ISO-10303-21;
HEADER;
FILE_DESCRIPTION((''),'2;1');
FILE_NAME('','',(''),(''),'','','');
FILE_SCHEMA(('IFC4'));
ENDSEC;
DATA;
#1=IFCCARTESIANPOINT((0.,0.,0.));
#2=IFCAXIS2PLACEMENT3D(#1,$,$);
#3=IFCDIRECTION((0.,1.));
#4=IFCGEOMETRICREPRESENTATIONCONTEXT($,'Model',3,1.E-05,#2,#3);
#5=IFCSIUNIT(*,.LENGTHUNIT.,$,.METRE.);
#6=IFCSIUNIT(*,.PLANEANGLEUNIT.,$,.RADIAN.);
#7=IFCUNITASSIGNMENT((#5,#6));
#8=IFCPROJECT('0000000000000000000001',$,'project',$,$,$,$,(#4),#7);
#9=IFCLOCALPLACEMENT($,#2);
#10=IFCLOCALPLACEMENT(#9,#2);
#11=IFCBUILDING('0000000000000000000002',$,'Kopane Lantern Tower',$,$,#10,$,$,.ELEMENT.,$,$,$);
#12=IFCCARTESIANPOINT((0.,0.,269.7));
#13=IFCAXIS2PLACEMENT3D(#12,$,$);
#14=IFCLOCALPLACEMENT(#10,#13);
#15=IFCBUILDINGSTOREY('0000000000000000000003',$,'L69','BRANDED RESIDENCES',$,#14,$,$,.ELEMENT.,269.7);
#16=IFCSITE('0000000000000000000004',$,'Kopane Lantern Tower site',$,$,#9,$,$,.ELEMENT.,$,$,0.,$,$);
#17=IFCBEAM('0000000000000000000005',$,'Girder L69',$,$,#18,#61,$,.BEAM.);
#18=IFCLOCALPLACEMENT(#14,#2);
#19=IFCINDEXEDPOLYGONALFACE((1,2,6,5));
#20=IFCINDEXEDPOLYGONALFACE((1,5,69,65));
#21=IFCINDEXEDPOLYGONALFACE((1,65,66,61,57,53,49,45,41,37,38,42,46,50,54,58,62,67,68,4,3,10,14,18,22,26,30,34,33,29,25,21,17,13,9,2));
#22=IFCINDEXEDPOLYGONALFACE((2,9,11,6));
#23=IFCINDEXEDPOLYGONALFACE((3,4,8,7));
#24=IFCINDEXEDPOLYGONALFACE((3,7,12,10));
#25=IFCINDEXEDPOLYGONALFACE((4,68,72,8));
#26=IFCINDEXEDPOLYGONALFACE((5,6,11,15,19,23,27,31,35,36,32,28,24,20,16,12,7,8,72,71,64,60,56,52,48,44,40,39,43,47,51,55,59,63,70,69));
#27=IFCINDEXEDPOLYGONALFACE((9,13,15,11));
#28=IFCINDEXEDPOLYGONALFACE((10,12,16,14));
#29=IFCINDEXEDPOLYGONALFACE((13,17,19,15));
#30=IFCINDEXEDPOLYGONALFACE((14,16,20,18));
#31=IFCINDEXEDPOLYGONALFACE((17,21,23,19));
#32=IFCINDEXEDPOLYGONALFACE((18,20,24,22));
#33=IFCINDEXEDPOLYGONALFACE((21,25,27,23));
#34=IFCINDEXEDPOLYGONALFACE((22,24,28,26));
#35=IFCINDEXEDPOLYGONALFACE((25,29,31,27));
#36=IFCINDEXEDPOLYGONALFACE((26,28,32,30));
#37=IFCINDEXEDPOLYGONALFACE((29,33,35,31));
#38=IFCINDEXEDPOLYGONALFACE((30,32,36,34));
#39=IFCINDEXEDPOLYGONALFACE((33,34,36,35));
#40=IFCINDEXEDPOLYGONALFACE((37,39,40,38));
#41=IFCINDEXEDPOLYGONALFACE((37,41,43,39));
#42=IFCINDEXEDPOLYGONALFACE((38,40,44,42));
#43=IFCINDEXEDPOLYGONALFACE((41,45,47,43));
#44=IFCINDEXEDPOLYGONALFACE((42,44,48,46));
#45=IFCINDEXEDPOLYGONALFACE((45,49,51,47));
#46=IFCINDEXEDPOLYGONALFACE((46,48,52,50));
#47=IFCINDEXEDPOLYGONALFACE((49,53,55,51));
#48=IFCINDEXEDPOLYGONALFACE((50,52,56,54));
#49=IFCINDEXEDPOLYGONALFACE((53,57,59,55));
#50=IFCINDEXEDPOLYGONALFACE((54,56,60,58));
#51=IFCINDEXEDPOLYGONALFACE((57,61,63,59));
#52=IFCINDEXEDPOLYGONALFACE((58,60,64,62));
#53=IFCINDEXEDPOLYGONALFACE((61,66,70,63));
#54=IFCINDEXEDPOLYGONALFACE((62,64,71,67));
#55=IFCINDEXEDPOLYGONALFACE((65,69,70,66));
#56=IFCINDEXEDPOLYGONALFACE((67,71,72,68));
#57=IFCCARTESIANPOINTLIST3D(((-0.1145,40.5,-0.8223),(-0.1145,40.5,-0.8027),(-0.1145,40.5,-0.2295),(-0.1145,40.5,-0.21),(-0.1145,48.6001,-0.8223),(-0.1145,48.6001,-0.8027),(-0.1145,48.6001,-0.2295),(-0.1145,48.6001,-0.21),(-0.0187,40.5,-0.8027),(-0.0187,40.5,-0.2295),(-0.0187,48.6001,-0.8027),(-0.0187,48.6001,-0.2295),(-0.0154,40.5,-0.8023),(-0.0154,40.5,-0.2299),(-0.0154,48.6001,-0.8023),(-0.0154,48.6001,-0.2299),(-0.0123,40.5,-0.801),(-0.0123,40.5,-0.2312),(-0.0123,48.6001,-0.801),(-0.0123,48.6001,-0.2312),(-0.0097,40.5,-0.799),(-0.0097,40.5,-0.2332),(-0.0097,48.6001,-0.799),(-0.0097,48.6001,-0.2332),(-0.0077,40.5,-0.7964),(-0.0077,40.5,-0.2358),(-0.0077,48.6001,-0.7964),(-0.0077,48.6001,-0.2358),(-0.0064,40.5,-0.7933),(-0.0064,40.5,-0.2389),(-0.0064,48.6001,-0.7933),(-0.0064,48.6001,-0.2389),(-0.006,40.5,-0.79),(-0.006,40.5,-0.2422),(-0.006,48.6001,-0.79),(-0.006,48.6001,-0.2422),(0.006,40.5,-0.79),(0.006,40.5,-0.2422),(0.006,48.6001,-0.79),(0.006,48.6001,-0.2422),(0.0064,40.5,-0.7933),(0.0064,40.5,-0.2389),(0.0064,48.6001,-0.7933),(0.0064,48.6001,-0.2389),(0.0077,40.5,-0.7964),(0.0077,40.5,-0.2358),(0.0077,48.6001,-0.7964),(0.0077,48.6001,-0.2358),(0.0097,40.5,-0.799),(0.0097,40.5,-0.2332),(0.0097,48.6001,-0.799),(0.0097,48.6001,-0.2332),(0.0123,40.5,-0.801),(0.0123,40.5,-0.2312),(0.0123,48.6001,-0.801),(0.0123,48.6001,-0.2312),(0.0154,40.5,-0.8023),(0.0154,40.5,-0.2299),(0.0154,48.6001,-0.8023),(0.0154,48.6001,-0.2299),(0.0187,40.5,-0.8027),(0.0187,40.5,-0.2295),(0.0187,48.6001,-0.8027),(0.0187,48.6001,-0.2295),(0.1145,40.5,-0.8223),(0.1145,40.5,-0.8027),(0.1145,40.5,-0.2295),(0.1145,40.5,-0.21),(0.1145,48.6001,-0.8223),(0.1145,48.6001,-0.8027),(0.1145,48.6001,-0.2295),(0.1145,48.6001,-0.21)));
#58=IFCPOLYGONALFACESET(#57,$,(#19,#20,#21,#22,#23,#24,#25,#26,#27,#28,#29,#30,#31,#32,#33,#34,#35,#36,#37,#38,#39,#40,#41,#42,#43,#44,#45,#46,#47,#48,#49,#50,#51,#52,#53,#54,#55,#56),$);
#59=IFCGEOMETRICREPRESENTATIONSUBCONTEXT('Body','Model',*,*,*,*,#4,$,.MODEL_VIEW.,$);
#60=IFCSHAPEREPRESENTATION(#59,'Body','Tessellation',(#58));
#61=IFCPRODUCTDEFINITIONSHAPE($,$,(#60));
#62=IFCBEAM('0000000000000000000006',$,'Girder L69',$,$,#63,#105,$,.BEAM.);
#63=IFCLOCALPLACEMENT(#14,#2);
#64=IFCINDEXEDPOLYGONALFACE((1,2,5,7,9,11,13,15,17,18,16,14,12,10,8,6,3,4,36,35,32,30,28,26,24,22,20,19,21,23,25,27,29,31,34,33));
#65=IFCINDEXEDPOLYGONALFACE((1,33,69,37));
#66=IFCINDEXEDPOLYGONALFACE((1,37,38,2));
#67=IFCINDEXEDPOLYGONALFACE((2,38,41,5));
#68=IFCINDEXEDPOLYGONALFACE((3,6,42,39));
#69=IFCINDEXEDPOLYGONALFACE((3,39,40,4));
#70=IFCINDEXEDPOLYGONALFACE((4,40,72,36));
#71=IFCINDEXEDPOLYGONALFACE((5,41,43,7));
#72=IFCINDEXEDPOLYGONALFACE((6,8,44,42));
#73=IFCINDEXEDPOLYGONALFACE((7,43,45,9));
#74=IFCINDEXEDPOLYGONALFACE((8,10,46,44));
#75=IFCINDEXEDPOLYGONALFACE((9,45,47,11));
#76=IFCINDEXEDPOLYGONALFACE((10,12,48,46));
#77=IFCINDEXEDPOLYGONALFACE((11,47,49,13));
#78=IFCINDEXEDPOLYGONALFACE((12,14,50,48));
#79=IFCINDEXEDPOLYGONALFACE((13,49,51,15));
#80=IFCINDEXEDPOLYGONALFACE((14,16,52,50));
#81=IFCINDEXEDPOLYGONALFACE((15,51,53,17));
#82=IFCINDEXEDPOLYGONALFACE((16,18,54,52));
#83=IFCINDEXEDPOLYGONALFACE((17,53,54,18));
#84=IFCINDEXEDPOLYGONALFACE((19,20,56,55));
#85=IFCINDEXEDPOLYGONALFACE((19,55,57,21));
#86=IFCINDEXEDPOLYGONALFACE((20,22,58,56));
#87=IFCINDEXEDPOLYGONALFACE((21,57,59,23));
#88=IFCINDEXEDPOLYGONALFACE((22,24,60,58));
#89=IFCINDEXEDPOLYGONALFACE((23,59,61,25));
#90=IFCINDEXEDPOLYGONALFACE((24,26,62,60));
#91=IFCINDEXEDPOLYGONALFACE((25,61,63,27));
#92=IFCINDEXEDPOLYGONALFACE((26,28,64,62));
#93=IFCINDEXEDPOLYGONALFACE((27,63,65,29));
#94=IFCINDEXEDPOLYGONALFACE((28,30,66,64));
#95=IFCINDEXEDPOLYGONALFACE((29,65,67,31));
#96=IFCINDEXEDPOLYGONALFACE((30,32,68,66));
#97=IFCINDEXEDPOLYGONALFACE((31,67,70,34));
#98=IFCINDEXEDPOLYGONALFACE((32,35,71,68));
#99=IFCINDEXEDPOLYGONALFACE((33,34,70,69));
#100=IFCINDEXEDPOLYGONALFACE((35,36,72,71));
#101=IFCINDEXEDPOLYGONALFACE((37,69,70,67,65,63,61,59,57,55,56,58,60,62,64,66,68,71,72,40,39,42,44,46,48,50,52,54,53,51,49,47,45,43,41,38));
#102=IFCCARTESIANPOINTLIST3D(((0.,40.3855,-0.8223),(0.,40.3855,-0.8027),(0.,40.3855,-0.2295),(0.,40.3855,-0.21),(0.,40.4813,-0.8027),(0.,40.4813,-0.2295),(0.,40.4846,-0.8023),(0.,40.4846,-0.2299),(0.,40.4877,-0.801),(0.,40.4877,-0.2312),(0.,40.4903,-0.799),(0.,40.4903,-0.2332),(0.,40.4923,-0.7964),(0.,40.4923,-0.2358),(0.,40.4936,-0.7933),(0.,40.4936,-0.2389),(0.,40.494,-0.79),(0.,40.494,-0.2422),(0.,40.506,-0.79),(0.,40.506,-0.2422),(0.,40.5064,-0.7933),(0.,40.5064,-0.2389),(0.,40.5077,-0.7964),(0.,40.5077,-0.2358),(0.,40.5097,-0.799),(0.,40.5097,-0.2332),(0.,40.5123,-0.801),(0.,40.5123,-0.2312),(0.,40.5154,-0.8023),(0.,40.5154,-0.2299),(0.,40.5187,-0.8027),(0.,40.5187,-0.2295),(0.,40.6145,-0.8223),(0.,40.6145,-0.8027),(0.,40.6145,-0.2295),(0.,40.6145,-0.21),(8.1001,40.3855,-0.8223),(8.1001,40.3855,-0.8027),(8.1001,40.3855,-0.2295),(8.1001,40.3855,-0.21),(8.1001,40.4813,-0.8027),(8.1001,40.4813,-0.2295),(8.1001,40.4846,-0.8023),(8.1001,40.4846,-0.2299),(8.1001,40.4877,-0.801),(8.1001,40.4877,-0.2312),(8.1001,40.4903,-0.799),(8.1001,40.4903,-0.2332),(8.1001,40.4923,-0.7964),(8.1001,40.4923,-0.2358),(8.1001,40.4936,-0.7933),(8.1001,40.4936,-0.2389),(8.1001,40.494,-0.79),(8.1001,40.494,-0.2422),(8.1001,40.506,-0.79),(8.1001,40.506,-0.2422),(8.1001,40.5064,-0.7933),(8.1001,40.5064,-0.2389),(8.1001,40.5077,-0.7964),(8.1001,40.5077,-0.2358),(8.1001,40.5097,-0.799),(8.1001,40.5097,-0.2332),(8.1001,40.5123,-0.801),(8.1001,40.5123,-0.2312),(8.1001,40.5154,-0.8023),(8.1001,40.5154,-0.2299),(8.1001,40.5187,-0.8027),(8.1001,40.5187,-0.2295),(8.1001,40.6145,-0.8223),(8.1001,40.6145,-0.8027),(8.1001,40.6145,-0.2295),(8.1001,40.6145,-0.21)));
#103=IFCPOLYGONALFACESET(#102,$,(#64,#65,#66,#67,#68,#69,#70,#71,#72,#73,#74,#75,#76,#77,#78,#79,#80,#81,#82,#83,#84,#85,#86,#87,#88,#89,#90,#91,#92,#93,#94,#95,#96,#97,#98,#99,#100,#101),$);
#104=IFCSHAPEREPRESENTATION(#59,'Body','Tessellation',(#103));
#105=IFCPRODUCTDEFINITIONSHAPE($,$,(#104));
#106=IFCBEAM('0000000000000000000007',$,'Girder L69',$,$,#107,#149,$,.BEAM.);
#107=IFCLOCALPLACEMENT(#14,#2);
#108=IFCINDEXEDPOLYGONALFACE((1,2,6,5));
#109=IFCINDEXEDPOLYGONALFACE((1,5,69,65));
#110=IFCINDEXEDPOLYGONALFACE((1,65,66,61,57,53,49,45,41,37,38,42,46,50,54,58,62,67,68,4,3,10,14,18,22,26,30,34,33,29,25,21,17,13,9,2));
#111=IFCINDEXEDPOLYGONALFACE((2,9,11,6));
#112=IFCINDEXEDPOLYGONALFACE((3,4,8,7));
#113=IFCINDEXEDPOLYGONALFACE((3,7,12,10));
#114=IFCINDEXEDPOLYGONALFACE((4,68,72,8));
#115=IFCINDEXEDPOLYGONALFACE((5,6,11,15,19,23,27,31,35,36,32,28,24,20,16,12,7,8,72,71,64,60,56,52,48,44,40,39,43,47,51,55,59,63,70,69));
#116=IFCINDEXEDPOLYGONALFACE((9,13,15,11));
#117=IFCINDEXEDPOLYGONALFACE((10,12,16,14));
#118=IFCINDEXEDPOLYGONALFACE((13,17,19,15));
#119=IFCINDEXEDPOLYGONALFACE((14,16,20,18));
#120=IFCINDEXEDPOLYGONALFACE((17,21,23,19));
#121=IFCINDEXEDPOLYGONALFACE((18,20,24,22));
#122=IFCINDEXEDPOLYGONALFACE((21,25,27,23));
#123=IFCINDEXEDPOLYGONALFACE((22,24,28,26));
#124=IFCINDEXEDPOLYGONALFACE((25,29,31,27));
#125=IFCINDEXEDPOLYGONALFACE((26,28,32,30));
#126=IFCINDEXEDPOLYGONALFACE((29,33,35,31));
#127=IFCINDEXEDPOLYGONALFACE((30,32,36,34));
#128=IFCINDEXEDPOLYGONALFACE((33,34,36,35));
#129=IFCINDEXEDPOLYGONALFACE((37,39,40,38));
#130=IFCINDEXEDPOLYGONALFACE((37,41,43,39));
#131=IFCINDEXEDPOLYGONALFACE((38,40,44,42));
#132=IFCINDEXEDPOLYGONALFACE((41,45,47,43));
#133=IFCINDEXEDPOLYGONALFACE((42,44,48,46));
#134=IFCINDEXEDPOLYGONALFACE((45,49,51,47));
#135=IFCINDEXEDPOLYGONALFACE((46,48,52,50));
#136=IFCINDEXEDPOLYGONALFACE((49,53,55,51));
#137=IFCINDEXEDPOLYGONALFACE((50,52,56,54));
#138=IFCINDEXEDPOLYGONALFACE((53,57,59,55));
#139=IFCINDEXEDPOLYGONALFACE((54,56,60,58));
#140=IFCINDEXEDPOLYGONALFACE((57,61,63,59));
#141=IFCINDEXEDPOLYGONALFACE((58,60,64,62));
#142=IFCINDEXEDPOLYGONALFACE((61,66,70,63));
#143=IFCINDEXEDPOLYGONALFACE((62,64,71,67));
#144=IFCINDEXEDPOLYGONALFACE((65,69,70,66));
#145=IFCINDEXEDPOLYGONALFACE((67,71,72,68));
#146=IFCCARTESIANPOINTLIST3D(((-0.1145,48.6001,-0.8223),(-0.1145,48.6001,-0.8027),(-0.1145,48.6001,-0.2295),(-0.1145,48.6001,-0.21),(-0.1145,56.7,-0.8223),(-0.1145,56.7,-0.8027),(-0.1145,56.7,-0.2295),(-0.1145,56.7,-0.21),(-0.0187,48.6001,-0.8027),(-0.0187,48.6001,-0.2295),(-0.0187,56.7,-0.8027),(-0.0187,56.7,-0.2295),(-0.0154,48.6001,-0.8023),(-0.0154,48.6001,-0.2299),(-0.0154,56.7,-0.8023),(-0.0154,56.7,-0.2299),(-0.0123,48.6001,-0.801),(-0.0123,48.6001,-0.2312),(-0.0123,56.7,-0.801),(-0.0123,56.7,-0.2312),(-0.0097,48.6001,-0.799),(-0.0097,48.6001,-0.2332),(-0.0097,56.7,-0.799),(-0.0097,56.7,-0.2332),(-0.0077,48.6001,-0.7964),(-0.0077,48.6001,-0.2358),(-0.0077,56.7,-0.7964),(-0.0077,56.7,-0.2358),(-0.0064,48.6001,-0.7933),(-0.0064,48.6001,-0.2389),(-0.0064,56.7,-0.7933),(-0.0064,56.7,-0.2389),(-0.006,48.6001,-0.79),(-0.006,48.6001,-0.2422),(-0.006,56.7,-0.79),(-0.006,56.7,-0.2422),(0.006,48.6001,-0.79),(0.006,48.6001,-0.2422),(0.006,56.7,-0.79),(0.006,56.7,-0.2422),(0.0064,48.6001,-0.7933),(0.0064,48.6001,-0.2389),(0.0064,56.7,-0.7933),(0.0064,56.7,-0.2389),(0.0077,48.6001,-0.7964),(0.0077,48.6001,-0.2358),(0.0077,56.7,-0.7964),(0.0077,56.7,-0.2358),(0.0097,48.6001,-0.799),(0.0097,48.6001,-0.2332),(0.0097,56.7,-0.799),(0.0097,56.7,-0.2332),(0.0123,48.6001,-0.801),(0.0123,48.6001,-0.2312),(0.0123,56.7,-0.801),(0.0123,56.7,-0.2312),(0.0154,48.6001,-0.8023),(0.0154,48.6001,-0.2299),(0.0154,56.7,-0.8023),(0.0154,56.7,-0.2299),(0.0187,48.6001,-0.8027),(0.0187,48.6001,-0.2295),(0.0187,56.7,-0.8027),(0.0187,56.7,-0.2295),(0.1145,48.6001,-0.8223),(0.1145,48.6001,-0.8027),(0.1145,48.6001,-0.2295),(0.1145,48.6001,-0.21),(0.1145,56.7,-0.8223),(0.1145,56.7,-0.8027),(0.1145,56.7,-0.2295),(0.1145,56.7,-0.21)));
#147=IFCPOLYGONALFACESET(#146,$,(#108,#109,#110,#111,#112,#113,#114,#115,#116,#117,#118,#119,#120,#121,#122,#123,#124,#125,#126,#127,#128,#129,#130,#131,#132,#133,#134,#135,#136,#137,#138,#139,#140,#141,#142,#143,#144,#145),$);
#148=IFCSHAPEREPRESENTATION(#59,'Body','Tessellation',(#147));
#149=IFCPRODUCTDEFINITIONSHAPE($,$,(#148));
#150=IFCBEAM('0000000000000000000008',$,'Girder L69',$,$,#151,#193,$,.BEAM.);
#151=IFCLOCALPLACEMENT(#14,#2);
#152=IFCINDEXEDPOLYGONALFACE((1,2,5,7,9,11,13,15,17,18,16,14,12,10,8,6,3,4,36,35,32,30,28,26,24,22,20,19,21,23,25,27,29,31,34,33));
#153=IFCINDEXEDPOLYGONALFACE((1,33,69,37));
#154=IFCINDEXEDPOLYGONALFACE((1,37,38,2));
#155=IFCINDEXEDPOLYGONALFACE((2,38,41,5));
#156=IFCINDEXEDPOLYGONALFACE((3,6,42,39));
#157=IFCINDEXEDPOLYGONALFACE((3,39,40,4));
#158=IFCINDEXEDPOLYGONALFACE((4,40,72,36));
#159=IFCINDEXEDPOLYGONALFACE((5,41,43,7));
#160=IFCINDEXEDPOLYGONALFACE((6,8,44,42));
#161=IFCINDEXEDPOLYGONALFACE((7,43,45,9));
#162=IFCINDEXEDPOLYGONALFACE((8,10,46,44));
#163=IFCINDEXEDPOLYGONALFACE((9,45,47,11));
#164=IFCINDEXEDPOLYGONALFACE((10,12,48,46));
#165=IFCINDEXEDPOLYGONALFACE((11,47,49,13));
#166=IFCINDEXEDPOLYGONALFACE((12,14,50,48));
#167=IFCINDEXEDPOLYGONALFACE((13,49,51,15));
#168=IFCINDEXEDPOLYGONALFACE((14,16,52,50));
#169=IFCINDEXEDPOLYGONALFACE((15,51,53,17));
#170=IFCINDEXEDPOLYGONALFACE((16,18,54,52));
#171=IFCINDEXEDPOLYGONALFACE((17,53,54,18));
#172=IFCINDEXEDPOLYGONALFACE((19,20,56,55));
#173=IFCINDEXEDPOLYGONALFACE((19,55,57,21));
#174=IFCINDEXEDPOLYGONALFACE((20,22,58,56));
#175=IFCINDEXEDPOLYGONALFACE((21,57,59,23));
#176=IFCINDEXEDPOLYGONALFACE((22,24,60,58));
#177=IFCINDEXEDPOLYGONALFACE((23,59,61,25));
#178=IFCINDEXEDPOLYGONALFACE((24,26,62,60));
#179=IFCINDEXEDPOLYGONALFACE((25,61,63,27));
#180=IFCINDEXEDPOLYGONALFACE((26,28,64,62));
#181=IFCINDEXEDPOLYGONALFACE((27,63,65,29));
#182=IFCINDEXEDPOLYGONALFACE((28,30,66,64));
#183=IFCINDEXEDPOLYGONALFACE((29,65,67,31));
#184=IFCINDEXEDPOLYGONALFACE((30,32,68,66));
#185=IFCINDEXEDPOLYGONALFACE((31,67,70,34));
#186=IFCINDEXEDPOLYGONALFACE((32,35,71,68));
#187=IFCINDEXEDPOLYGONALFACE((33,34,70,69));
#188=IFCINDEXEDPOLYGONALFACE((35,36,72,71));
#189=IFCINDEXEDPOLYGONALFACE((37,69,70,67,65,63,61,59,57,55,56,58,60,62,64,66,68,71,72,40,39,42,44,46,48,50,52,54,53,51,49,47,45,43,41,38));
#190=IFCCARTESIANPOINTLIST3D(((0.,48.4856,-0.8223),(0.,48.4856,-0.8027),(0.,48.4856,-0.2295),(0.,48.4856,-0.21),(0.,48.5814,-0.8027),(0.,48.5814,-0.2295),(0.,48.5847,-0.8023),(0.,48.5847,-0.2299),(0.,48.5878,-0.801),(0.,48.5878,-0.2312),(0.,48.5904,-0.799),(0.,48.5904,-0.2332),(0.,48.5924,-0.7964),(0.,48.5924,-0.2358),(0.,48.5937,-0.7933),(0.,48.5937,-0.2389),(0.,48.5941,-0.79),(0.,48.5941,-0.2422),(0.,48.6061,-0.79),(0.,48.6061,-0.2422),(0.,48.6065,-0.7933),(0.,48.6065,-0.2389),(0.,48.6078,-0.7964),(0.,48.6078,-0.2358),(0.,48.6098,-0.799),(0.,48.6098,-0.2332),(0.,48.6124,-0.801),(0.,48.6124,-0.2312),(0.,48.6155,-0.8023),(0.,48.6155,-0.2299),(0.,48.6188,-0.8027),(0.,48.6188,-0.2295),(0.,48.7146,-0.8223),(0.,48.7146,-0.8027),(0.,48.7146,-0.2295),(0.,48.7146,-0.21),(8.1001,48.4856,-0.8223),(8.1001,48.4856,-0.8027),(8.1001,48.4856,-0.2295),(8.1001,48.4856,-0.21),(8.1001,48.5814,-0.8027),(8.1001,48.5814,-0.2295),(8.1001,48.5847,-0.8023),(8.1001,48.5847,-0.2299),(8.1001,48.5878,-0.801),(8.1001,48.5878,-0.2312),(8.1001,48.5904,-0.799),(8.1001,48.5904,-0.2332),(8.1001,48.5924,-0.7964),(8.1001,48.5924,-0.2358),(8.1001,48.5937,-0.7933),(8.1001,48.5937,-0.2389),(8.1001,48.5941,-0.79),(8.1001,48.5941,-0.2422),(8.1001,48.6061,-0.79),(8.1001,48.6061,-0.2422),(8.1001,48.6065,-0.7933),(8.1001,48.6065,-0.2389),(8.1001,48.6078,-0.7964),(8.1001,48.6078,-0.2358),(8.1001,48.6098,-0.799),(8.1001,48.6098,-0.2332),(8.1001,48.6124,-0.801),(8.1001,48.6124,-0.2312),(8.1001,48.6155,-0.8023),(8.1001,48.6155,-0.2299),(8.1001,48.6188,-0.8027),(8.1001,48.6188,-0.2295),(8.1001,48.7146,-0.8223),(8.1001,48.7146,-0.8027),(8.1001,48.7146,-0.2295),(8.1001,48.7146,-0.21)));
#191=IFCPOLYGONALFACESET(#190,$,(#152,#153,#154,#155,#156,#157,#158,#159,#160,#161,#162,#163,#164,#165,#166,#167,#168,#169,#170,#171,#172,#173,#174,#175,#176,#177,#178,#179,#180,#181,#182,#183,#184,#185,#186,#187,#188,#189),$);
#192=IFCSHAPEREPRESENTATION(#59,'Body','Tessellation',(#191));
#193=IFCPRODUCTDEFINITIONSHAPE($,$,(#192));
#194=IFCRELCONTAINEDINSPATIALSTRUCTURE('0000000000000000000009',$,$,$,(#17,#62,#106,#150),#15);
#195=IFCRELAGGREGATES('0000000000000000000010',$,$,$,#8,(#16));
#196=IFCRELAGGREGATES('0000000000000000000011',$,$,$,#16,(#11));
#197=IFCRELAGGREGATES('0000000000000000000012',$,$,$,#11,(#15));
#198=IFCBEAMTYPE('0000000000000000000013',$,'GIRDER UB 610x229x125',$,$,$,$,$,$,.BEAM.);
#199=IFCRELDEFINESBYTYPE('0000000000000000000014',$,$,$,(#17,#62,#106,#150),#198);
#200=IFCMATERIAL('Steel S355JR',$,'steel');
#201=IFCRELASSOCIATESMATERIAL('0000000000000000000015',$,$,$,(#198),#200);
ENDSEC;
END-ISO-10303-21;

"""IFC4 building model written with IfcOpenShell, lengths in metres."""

from ifc_helpers import new_model, si_unit, direction, frame, origin, origin_2d, place, context, subcontext, project, spatial, i_section, extrude, material, material_profile, profile_set, type_object, element, save


model = new_model("IFC4")

# Units and contexts
model_context = context("Model", 3, precision=1e-05, world=origin(), true_north=direction((0.0, 1.0)))
body_context = subcontext(model_context, "Body", "Model", "MODEL_VIEW")
ifc_project = project(units=[si_unit("LENGTHUNIT", "METRE"), si_unit("PLANEANGLEUNIT", "RADIAN")], contexts=[model_context])

# Site, building, storey
site_placement = place(None, origin())
site = spatial("IfcSite", under=ifc_project, at=site_placement, Name="Kopane Lantern Tower site", CompositionType="ELEMENT", RefElevation=0.0)
building_placement = place(site_placement, origin())
building = spatial("IfcBuilding", under=site, at=building_placement, Name="Kopane Lantern Tower", CompositionType="ELEMENT")
storey_placement = place(building_placement, frame((0.0, 0.0, 269.7)))
storey = spatial("IfcBuildingStorey", under=building, at=storey_placement, Name="L69", Description="BRANDED RESIDENCES", CompositionType="ELEMENT", Elevation=269.7)

# Beams
ifc_material_1 = material(Name="Steel S355JR", Category="steel")
ifc_material_profile_1 = material_profile(ifc_material_1, i_section(OverallWidth=0.229, OverallDepth=0.6123, WebThickness=0.012, FlangeThickness=0.0195, FilletRadius=0.0127, at=origin_2d()), Name="UB 610x229x125")
ifc_profile_set_1 = profile_set([ifc_material_profile_1], Name="Steel S355JR")
beam_type = type_object("IfcBeamType", Name="GIRDER UB 610x229x125", PredefinedType="BEAM", material=ifc_profile_set_1)
for number, where, z_axis, x_axis, name in (
    (1, (0.0, 40.5, -0.5161), (0.0, 1.0, 0.0), (-1.0, 0.0, 0.0), "Girder L69"),
    (2, (0.0, 40.5, -0.5161), (1.0, 0.0, 0.0), (0.0, 1.0, 0.0), "Girder L69"),
):
    element("IfcBeam", number, at=place(storey_placement, frame(where, z_axis=z_axis, x_axis=x_axis)), inside=storey, type_object=beam_type, Name=name, PredefinedType="BEAM", context=body_context, shape_type="SweptSolid", body=[
        extrude(i_section(OverallWidth=0.229, OverallDepth=0.6123, WebThickness=0.012, FlangeThickness=0.0195, FilletRadius=0.0127, at=origin_2d()), origin(), (0.0, 0.0, 1.0), 8.1001),
    ])
beam_placement = place(storey_placement, frame((0.0, 48.6001, -0.5161), z_axis=(0.0, 1.0, 0.0), x_axis=(-1.0, 0.0, 0.0)))
element("IfcBeam", 3, at=beam_placement, inside=storey, type_object=beam_type, Name="Girder L69", PredefinedType="BEAM", context=body_context, shape_type="SweptSolid", body=[
    extrude(i_section(OverallWidth=0.229, OverallDepth=0.6123, WebThickness=0.012, FlangeThickness=0.0195, FilletRadius=0.0127, at=origin_2d()), origin(), (0.0, 0.0, 1.0), 8.0999),
])
for number, where, z_axis, x_axis, name in (
    (4, (0.0, 48.6001, -0.5161), (1.0, 0.0, 0.0), (0.0, 1.0, 0.0), "Girder L69"),
):
    element("IfcBeam", number, at=place(storey_placement, frame(where, z_axis=z_axis, x_axis=x_axis)), inside=storey, type_object=beam_type, Name=name, PredefinedType="BEAM", context=body_context, shape_type="SweptSolid", body=[
        extrude(i_section(OverallWidth=0.229, OverallDepth=0.6123, WebThickness=0.012, FlangeThickness=0.0195, FilletRadius=0.0127, at=origin_2d()), origin(), (0.0, 0.0, 1.0), 8.1001),
    ])

save(model, "model.ifc")
